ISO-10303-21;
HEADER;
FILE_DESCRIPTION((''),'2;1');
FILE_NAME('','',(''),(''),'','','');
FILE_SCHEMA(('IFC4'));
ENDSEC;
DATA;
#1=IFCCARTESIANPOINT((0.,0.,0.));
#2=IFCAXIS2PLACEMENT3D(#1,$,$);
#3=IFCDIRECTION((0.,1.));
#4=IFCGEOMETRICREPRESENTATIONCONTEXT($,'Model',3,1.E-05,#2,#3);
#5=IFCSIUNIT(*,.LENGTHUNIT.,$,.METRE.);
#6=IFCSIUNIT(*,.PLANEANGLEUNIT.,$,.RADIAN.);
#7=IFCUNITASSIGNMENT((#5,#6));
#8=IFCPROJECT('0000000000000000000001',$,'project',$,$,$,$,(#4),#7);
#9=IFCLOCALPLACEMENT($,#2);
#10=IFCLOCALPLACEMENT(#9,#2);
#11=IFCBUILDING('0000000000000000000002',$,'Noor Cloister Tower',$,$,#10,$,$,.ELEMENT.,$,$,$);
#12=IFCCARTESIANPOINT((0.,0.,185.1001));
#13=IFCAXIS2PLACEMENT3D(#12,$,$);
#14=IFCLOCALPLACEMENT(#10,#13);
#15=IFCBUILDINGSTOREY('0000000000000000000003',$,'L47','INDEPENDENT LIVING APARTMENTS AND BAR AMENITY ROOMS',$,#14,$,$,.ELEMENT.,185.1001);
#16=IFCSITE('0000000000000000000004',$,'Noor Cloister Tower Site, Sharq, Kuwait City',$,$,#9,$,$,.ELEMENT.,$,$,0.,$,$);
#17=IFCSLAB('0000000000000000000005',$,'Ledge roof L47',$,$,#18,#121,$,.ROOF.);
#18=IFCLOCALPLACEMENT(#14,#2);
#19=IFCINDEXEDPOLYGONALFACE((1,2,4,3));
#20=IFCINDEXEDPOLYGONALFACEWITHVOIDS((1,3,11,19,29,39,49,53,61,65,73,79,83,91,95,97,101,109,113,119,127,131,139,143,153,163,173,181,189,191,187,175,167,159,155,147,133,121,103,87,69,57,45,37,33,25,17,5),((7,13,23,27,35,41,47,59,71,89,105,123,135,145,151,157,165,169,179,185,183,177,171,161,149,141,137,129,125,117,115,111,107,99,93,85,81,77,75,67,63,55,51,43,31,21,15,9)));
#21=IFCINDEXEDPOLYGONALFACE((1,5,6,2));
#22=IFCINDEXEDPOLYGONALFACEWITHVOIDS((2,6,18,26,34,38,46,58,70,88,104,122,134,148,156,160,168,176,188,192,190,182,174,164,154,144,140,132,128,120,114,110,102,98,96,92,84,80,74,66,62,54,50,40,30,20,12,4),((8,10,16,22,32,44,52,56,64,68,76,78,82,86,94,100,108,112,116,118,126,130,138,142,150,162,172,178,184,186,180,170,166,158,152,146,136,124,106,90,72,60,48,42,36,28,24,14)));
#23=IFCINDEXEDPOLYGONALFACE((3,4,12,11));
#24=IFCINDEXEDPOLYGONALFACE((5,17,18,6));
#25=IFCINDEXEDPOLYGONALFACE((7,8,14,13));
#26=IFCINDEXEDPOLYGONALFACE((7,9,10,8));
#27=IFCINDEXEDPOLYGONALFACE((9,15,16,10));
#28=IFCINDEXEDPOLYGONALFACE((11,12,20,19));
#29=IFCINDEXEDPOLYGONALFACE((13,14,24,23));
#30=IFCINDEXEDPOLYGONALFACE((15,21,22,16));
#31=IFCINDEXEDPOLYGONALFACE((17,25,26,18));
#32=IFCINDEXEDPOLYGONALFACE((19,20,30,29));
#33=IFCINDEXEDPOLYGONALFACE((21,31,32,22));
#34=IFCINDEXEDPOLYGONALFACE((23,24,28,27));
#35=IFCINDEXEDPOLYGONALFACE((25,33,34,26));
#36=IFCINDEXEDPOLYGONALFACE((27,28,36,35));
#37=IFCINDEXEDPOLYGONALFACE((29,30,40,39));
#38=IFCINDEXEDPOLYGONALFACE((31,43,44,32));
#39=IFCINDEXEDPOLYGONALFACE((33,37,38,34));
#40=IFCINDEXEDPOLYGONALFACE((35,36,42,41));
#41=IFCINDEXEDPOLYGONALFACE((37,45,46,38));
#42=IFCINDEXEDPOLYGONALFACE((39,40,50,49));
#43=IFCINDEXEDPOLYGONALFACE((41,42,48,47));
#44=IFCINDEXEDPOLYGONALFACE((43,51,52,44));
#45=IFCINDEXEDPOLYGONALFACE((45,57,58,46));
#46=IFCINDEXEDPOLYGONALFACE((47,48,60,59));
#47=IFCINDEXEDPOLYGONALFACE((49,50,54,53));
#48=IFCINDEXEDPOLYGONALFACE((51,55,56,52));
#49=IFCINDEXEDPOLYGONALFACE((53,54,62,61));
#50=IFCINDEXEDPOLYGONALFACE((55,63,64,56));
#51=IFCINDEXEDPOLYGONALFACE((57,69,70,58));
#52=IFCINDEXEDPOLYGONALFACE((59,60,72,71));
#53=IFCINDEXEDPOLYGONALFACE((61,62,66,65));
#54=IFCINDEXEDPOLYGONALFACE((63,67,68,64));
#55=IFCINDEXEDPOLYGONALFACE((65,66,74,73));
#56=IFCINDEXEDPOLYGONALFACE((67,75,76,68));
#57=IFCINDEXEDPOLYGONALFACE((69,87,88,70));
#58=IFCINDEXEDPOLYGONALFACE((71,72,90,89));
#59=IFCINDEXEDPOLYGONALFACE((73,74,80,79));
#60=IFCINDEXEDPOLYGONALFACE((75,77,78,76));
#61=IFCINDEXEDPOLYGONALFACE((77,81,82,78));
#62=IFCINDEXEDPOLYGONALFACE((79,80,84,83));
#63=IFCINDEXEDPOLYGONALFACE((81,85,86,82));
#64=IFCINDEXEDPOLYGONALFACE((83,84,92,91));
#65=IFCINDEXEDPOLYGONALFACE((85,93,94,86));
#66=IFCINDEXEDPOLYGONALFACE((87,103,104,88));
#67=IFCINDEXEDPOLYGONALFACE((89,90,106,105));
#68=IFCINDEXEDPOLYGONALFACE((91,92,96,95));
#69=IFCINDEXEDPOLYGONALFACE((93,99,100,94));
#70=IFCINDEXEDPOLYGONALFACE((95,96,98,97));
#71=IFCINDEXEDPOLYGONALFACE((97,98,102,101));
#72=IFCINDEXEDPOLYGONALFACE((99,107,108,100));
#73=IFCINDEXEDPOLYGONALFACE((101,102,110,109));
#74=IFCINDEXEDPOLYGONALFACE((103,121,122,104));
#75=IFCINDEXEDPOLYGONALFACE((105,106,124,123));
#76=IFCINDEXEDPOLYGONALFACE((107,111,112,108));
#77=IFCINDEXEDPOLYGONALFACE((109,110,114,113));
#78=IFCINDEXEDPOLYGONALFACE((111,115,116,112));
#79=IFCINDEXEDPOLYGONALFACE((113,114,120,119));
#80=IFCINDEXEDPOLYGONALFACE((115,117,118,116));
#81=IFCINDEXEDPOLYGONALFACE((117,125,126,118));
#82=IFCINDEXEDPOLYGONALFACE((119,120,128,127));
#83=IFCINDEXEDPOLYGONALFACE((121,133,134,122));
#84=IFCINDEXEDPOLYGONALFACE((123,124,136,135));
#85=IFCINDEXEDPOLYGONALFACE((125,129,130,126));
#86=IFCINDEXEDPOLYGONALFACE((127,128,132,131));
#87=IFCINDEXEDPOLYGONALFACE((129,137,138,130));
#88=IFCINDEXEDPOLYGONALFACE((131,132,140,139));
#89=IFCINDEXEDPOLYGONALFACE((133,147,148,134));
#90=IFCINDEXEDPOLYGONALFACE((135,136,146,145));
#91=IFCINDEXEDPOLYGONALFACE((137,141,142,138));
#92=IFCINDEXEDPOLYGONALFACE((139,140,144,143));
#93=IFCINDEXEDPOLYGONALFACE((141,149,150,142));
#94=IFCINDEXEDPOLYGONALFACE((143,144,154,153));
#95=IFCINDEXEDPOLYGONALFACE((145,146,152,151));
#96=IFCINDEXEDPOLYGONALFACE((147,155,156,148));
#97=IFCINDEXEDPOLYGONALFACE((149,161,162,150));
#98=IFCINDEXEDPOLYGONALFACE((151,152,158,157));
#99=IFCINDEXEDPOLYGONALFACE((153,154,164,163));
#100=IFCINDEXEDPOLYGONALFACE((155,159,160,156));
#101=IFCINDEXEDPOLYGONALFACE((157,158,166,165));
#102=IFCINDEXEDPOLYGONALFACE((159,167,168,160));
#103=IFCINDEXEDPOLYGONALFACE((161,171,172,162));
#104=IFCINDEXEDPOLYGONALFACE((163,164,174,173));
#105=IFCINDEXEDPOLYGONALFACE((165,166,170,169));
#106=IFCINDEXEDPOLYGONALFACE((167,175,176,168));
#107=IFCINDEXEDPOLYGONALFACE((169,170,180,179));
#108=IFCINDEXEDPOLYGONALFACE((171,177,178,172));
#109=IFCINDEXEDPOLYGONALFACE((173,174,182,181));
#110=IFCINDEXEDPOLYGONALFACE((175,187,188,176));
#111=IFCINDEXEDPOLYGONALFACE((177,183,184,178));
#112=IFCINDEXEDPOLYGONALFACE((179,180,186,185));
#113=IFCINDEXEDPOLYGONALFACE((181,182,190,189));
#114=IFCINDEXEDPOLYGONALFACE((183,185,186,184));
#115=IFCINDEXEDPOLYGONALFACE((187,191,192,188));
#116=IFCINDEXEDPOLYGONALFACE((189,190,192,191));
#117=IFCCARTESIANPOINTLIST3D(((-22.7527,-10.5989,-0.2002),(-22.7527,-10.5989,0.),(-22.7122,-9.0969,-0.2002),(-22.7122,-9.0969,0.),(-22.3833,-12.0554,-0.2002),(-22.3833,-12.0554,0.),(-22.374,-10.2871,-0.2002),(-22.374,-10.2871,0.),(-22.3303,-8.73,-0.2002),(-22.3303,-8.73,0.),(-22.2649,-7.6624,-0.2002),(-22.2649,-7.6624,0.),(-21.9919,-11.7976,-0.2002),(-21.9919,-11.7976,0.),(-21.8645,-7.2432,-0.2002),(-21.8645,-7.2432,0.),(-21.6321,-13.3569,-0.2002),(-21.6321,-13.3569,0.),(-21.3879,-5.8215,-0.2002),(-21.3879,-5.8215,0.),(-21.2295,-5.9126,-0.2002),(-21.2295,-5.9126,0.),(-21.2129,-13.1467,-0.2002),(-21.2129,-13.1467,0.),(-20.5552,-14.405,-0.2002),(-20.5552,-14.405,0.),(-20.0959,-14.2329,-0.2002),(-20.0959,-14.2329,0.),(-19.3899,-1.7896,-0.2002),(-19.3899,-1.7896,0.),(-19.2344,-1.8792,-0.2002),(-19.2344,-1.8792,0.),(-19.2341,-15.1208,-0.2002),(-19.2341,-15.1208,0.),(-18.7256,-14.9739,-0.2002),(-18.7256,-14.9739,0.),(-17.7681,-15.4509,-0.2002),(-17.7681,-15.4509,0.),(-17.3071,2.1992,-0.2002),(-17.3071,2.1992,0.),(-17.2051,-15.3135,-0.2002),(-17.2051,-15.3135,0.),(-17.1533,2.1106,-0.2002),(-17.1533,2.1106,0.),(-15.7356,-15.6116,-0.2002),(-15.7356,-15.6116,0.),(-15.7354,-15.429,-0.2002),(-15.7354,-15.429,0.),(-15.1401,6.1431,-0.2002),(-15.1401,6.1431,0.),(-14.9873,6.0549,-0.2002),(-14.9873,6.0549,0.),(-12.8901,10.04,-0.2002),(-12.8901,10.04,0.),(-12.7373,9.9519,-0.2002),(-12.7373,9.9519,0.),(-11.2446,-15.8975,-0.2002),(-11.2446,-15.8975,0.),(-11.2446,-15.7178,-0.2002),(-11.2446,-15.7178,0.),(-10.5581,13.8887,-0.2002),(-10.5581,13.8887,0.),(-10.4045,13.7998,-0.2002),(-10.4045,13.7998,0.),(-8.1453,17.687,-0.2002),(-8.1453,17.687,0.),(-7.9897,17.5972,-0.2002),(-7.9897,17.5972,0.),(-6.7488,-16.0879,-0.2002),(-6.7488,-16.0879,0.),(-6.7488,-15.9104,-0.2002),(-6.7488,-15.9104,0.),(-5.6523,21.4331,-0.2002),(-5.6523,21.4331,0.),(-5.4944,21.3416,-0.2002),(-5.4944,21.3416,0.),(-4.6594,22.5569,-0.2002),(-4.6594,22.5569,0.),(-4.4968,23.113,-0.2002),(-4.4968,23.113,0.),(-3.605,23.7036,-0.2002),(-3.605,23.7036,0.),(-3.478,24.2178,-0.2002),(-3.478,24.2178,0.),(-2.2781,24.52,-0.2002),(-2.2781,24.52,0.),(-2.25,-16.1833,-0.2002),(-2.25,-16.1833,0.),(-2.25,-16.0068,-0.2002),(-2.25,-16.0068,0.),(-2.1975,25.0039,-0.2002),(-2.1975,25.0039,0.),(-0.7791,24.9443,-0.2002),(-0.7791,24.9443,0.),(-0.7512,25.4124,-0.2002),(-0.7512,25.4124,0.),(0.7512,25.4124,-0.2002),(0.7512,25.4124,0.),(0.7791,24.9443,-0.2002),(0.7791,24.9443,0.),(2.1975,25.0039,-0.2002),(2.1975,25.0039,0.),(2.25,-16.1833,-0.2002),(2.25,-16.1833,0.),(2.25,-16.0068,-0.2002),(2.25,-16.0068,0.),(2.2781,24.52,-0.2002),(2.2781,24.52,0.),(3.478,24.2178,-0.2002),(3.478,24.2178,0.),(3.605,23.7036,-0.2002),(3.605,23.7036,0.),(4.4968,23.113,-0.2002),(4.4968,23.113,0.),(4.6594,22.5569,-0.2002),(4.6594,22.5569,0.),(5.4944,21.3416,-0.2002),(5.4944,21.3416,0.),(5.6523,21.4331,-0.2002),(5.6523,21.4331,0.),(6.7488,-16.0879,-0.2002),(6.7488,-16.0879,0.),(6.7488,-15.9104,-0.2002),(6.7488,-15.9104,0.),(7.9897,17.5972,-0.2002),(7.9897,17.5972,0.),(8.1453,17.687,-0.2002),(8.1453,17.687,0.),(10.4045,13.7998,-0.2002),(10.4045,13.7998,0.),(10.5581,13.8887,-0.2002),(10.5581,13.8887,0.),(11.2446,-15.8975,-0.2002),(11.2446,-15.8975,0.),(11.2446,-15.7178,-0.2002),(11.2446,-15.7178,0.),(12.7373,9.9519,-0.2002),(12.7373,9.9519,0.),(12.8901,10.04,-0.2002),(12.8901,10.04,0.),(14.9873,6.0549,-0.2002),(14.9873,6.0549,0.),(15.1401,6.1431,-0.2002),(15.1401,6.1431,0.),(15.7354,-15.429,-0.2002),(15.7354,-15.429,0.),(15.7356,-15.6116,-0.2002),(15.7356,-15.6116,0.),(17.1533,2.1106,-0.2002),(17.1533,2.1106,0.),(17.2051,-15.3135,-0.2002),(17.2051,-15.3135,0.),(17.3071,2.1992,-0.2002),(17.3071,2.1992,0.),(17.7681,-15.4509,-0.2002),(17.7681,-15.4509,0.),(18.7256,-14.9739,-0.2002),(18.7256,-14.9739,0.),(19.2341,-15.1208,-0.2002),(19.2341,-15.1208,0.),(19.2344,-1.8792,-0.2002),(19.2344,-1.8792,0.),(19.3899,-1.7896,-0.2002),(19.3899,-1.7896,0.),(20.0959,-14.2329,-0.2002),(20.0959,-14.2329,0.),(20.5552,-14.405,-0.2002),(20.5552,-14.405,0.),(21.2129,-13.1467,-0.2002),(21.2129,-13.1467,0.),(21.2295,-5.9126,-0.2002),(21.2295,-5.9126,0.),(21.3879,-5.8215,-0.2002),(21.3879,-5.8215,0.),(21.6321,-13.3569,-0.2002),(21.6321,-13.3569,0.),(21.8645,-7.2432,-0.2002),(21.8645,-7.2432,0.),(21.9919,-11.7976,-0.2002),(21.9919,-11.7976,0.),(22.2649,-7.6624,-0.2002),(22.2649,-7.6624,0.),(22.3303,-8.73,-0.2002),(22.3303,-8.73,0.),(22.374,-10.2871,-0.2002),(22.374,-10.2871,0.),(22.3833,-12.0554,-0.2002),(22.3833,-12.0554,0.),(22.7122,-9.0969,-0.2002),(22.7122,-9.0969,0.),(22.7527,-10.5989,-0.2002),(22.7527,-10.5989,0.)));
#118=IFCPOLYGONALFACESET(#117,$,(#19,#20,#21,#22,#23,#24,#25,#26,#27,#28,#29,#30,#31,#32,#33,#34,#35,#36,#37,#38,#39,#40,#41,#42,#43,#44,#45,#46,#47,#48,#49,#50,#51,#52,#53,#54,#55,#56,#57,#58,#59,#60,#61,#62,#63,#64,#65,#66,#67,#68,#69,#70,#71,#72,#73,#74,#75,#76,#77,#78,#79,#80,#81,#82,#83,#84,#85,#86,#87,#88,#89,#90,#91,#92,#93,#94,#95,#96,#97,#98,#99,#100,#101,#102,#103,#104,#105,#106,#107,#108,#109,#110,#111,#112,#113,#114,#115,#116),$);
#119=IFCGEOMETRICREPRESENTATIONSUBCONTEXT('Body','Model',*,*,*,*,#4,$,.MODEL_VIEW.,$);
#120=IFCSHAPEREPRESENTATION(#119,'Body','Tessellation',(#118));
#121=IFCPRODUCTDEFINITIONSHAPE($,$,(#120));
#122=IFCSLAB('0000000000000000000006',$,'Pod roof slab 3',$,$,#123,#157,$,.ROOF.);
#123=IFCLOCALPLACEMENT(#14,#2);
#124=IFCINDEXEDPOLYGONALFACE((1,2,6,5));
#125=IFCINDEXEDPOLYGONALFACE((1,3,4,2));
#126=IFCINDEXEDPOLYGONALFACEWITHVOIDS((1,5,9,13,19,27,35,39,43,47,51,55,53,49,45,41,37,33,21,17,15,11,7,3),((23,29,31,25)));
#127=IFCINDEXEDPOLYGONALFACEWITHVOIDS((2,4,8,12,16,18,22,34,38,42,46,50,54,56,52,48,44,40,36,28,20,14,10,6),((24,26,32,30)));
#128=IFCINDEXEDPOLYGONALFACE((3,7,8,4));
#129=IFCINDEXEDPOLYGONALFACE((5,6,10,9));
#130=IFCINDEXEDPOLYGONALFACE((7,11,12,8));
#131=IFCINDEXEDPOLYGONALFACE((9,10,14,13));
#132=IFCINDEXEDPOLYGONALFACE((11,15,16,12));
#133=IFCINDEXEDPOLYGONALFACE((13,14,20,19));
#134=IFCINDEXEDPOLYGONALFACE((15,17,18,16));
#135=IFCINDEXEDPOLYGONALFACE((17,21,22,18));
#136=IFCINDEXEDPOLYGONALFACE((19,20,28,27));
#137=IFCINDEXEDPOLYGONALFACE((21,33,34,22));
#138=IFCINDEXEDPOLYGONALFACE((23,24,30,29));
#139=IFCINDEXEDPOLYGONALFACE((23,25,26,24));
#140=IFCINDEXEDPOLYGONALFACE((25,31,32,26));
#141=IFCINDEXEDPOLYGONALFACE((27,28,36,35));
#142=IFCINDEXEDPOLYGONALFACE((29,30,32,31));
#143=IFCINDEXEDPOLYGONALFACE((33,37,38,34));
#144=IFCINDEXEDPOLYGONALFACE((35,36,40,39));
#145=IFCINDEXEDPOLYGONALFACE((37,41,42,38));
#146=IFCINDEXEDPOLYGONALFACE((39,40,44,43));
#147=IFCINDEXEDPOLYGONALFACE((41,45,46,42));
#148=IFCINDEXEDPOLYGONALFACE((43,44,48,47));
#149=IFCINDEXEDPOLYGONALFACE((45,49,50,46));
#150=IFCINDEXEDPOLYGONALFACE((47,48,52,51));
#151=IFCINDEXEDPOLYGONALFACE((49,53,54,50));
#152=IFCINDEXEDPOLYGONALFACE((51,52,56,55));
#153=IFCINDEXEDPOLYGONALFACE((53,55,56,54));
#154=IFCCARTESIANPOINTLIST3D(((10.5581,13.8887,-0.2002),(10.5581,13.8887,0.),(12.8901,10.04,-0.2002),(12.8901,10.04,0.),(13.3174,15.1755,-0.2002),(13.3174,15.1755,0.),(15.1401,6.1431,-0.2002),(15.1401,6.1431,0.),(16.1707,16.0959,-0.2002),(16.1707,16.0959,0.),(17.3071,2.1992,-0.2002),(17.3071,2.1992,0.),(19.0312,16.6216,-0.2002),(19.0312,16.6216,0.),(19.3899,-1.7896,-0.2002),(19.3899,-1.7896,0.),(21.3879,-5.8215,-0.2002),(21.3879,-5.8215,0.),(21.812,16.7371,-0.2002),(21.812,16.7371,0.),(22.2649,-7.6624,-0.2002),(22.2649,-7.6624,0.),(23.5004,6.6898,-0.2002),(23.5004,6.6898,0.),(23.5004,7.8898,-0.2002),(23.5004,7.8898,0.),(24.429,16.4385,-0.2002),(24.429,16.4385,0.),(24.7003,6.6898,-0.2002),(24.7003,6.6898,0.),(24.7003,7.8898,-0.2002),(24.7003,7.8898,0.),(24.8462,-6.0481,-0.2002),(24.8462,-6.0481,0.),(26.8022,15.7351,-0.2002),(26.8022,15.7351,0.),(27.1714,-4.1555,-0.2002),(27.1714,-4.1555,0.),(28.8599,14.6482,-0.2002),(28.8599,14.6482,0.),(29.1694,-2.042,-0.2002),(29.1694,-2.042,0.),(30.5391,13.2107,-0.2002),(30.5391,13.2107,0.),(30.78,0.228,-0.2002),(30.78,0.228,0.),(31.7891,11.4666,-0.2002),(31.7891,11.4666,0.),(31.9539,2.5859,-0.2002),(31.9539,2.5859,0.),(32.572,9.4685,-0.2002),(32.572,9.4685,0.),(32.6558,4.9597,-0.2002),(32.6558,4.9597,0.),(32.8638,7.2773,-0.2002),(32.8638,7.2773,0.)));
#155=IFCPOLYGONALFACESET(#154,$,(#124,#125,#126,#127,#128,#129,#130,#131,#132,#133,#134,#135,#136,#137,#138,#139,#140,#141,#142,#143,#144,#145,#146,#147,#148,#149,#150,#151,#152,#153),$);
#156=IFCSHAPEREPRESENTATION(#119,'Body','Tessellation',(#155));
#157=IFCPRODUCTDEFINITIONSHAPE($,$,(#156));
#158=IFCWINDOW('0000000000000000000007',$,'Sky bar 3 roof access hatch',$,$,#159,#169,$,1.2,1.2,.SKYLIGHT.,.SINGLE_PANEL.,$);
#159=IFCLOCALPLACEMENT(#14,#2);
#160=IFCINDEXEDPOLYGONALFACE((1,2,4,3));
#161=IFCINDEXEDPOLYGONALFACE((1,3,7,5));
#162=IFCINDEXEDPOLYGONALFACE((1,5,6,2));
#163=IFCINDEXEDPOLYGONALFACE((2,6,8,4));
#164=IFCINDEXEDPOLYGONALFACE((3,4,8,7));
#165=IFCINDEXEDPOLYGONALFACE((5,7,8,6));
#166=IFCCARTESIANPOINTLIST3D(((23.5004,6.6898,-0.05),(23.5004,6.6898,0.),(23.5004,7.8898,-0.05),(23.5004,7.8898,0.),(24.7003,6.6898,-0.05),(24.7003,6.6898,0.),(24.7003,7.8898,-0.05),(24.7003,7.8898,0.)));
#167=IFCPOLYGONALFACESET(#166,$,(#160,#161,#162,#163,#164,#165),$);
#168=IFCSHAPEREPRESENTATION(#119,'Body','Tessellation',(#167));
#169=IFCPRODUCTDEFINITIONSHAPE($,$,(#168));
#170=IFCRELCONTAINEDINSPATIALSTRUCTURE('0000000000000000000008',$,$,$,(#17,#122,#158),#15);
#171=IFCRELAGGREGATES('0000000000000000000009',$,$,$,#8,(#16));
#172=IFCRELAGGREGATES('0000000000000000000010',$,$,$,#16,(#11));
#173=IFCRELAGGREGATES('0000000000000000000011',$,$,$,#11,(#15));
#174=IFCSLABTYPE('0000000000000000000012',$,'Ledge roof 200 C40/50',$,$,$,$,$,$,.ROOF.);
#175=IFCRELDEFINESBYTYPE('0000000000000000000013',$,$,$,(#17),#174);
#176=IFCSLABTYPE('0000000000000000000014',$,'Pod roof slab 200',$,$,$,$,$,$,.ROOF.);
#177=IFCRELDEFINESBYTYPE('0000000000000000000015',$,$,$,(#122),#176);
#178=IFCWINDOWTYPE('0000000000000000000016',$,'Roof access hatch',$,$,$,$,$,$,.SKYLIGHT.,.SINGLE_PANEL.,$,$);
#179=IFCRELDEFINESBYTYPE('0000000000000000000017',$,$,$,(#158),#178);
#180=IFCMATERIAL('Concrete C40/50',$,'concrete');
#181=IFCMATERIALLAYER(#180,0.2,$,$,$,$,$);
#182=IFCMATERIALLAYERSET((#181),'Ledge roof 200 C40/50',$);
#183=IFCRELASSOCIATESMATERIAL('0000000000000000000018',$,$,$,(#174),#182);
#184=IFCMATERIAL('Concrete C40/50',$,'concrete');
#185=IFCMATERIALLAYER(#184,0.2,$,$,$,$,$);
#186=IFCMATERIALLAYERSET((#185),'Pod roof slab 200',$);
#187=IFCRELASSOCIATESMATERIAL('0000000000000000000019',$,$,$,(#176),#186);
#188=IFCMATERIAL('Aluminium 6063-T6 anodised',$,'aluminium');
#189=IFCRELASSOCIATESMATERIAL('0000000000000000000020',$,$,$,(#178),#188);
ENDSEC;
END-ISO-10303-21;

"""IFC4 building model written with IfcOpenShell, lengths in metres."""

from ifc_helpers import new_model, si_unit, direction, frame, origin, origin_2d, place, context, subcontext, project, spatial, polyline, rectangle, outline, extrude, material, layer, layer_set, type_object, element, fill, save


model = new_model("IFC4")

# Units and contexts
model_context = context("Model", 3, precision=1e-05, world=origin(), true_north=direction((0.0, 1.0)))
body_context = subcontext(model_context, "Body", "Model", "MODEL_VIEW")
ifc_project = project(units=[si_unit("LENGTHUNIT", "METRE"), si_unit("PLANEANGLEUNIT", "RADIAN")], contexts=[model_context])

# Site, building, storey
site_placement = place(None, origin())
site = spatial("IfcSite", under=ifc_project, at=site_placement, Name="Noor Cloister Tower Site, Sharq, Kuwait City", CompositionType="ELEMENT", RefElevation=0.0)
building_placement = place(site_placement, origin())
building = spatial("IfcBuilding", under=site, at=building_placement, Name="Noor Cloister Tower", CompositionType="ELEMENT")
storey_placement = place(building_placement, frame((0.0, 0.0, 185.1001)))
storey = spatial("IfcBuildingStorey", under=building, at=storey_placement, Name="L47", Description="INDEPENDENT LIVING APARTMENTS AND BAR AMENITY ROOMS", CompositionType="ELEMENT", Elevation=185.1001)

# Slab
ifc_material_1 = material(Name="Concrete C40/50", Category="concrete")
ifc_layer_1 = layer(ifc_material_1, 0.2)
ifc_layer_set_1 = layer_set([ifc_layer_1], Name="Ledge roof 200 C40/50")
slab_type_1 = type_object("IfcSlabType", Name="Ledge roof 200 C40/50", PredefinedType="ROOF", material=ifc_layer_set_1)
slab_1_placement = place(storey_placement, frame((0.0, 0.0, -0.2002)))
element("IfcSlab", 1, at=slab_1_placement, inside=storey, type_object=slab_type_1, Name="Ledge roof L47", PredefinedType="ROOF", context=body_context, shape_type="SweptSolid", body=[
    extrude(outline(polyline([(5.6523, 21.4331), (4.4968, 23.113), (3.478, 24.2178), (2.1975, 25.0039), (0.7512, 25.4124), (-0.7512, 25.4124), (-2.1975, 25.0039), (-3.478, 24.2178), (-4.4968, 23.113), (-5.6523, 21.4331), (-8.1453, 17.687), (-10.5581, 13.8887), (-12.8901, 10.04), (-15.1401, 6.1431), (-17.3071, 2.1992), (-19.3899, -1.7896), (-21.3879, -5.8215), (-22.2649, -7.6624), (-22.7122, -9.0969), (-22.7527, -10.5989), (-22.3833, -12.0554), (-21.6321, -13.3569), (-20.5552, -14.405), (-19.2341, -15.1208), (-17.7681, -15.4509), (-15.7356, -15.6116), (-11.2446, -15.8975), (-6.7488, -16.0879), (-2.25, -16.1833), (2.25, -16.1833), (6.7488, -16.0879), (11.2446, -15.8975), (15.7356, -15.6116), (17.7681, -15.4509), (19.2341, -15.1208), (20.5552, -14.405), (21.6321, -13.3569), (22.3833, -12.0554), (22.7527, -10.5989), (22.7122, -9.0969), (22.2649, -7.6624), (21.3879, -5.8215), (19.3899, -1.7896), (17.3071, 2.1992), (15.1401, 6.1431), (12.8901, 10.04), (10.5581, 13.8887), (8.1453, 17.687), (5.6523, 21.4331)]), holes=[polyline([(2.2781, 24.52), (0.7791, 24.9443), (-0.7791, 24.9443), (-2.2781, 24.52), (-3.605, 23.7036), (-4.6594, 22.5569), (-5.4944, 21.3416), (-7.9897, 17.5972), (-10.4045, 13.7998), (-12.7373, 9.9519), (-14.9873, 6.0549), (-17.1533, 2.1106), (-19.2344, -1.8792), (-21.2295, -5.9126), (-21.8645, -7.2432), (-22.3303, -8.73), (-22.374, -10.2871), (-21.9919, -11.7976), (-21.2129, -13.1467), (-20.0959, -14.2329), (-18.7256, -14.9739), (-17.2051, -15.3135), (-15.7354, -15.429), (-11.2446, -15.7178), (-6.7488, -15.9104), (-2.25, -16.0068), (2.25, -16.0068), (6.7488, -15.9104), (11.2446, -15.7178), (15.7354, -15.429), (17.2051, -15.3135), (18.7256, -14.9739), (20.0959, -14.2329), (21.2129, -13.1467), (21.9919, -11.7976), (22.374, -10.2871), (22.3303, -8.73), (21.8645, -7.2432), (21.2295, -5.9126), (19.2344, -1.8792), (17.1533, 2.1106), (14.9873, 6.0549), (12.7373, 9.9519), (10.4045, 13.7998), (7.9897, 17.5972), (5.4944, 21.3416), (4.6594, 22.5569), (3.605, 23.7036), (2.2781, 24.52)])]), origin(), (0.0, 0.0, 1.0), 0.2002),
])

# Slab, opening, window
ifc_material_2 = material(Name="Concrete C40/50", Category="concrete")
ifc_layer_2 = layer(ifc_material_2, 0.2)
ifc_layer_set_2 = layer_set([ifc_layer_2], Name="Pod roof slab 200")
slab_type_2 = type_object("IfcSlabType", Name="Pod roof slab 200", PredefinedType="ROOF", material=ifc_layer_set_2)
slab_2_placement = place(storey_placement, frame((0.0, 0.0, -0.2002)))
slab_2 = element("IfcSlab", 2, at=slab_2_placement, inside=storey, type_object=slab_type_2, Name="Pod roof slab 3", PredefinedType="ROOF", context=body_context, shape_type="SweptSolid", body=[
    extrude(outline(polyline([(22.2649, -7.6624), (24.8462, -6.0481), (27.1714, -4.1555), (29.1694, -2.042), (30.78, 0.228), (31.9539, 2.5859), (32.6558, 4.9597), (32.8638, 7.2773), (32.572, 9.4685), (31.7891, 11.4666), (30.5391, 13.2107), (28.8599, 14.6482), (26.8022, 15.7351), (24.429, 16.4385), (21.812, 16.7371), (19.0312, 16.6216), (16.1707, 16.0959), (13.3174, 15.1755), (10.5581, 13.8887), (12.8901, 10.04), (15.1401, 6.1431), (17.3071, 2.1992), (19.3899, -1.7896), (21.3879, -5.8215), (22.2649, -7.6624)])), origin(), (0.0, 0.0, 1.0), 0.2002),
])
opening_1_placement = place(slab_2_placement, frame((24.1003, 7.2898, 0.0)))
opening_1 = element("IfcOpeningElement", 3, at=opening_1_placement, cuts=slab_2, PredefinedType="OPENING", context=body_context, shape_type="SweptSolid", body=[
    extrude(rectangle(XDim=1.2, YDim=1.2, at=origin_2d()), origin(), (0.0, 0.0, 1.0), 0.2002),
])
ifc_material_3 = material(Name="Aluminium 6063-T6 anodised", Category="aluminium")
window_type = type_object("IfcWindowType", Name="Roof access hatch", PartitioningType="SINGLE_PANEL", PredefinedType="SKYLIGHT", material=ifc_material_3)
window_placement = place(opening_1_placement, frame((0.0, 0.0, 0.1501)))
window = element("IfcWindow", 4, at=window_placement, inside=storey, type_object=window_type, Name="Sky bar 3 roof access hatch", OverallHeight=1.2, OverallWidth=1.2, PartitioningType="SINGLE_PANEL", PredefinedType="SKYLIGHT", context=body_context, shape_type="SweptSolid", body=[
    extrude(rectangle(XDim=1.2, YDim=1.2, at=origin_2d()), origin(), (0.0, 0.0, 1.0), 0.05),
])
fill(opening_1, window)

save(model, "model.ifc")
